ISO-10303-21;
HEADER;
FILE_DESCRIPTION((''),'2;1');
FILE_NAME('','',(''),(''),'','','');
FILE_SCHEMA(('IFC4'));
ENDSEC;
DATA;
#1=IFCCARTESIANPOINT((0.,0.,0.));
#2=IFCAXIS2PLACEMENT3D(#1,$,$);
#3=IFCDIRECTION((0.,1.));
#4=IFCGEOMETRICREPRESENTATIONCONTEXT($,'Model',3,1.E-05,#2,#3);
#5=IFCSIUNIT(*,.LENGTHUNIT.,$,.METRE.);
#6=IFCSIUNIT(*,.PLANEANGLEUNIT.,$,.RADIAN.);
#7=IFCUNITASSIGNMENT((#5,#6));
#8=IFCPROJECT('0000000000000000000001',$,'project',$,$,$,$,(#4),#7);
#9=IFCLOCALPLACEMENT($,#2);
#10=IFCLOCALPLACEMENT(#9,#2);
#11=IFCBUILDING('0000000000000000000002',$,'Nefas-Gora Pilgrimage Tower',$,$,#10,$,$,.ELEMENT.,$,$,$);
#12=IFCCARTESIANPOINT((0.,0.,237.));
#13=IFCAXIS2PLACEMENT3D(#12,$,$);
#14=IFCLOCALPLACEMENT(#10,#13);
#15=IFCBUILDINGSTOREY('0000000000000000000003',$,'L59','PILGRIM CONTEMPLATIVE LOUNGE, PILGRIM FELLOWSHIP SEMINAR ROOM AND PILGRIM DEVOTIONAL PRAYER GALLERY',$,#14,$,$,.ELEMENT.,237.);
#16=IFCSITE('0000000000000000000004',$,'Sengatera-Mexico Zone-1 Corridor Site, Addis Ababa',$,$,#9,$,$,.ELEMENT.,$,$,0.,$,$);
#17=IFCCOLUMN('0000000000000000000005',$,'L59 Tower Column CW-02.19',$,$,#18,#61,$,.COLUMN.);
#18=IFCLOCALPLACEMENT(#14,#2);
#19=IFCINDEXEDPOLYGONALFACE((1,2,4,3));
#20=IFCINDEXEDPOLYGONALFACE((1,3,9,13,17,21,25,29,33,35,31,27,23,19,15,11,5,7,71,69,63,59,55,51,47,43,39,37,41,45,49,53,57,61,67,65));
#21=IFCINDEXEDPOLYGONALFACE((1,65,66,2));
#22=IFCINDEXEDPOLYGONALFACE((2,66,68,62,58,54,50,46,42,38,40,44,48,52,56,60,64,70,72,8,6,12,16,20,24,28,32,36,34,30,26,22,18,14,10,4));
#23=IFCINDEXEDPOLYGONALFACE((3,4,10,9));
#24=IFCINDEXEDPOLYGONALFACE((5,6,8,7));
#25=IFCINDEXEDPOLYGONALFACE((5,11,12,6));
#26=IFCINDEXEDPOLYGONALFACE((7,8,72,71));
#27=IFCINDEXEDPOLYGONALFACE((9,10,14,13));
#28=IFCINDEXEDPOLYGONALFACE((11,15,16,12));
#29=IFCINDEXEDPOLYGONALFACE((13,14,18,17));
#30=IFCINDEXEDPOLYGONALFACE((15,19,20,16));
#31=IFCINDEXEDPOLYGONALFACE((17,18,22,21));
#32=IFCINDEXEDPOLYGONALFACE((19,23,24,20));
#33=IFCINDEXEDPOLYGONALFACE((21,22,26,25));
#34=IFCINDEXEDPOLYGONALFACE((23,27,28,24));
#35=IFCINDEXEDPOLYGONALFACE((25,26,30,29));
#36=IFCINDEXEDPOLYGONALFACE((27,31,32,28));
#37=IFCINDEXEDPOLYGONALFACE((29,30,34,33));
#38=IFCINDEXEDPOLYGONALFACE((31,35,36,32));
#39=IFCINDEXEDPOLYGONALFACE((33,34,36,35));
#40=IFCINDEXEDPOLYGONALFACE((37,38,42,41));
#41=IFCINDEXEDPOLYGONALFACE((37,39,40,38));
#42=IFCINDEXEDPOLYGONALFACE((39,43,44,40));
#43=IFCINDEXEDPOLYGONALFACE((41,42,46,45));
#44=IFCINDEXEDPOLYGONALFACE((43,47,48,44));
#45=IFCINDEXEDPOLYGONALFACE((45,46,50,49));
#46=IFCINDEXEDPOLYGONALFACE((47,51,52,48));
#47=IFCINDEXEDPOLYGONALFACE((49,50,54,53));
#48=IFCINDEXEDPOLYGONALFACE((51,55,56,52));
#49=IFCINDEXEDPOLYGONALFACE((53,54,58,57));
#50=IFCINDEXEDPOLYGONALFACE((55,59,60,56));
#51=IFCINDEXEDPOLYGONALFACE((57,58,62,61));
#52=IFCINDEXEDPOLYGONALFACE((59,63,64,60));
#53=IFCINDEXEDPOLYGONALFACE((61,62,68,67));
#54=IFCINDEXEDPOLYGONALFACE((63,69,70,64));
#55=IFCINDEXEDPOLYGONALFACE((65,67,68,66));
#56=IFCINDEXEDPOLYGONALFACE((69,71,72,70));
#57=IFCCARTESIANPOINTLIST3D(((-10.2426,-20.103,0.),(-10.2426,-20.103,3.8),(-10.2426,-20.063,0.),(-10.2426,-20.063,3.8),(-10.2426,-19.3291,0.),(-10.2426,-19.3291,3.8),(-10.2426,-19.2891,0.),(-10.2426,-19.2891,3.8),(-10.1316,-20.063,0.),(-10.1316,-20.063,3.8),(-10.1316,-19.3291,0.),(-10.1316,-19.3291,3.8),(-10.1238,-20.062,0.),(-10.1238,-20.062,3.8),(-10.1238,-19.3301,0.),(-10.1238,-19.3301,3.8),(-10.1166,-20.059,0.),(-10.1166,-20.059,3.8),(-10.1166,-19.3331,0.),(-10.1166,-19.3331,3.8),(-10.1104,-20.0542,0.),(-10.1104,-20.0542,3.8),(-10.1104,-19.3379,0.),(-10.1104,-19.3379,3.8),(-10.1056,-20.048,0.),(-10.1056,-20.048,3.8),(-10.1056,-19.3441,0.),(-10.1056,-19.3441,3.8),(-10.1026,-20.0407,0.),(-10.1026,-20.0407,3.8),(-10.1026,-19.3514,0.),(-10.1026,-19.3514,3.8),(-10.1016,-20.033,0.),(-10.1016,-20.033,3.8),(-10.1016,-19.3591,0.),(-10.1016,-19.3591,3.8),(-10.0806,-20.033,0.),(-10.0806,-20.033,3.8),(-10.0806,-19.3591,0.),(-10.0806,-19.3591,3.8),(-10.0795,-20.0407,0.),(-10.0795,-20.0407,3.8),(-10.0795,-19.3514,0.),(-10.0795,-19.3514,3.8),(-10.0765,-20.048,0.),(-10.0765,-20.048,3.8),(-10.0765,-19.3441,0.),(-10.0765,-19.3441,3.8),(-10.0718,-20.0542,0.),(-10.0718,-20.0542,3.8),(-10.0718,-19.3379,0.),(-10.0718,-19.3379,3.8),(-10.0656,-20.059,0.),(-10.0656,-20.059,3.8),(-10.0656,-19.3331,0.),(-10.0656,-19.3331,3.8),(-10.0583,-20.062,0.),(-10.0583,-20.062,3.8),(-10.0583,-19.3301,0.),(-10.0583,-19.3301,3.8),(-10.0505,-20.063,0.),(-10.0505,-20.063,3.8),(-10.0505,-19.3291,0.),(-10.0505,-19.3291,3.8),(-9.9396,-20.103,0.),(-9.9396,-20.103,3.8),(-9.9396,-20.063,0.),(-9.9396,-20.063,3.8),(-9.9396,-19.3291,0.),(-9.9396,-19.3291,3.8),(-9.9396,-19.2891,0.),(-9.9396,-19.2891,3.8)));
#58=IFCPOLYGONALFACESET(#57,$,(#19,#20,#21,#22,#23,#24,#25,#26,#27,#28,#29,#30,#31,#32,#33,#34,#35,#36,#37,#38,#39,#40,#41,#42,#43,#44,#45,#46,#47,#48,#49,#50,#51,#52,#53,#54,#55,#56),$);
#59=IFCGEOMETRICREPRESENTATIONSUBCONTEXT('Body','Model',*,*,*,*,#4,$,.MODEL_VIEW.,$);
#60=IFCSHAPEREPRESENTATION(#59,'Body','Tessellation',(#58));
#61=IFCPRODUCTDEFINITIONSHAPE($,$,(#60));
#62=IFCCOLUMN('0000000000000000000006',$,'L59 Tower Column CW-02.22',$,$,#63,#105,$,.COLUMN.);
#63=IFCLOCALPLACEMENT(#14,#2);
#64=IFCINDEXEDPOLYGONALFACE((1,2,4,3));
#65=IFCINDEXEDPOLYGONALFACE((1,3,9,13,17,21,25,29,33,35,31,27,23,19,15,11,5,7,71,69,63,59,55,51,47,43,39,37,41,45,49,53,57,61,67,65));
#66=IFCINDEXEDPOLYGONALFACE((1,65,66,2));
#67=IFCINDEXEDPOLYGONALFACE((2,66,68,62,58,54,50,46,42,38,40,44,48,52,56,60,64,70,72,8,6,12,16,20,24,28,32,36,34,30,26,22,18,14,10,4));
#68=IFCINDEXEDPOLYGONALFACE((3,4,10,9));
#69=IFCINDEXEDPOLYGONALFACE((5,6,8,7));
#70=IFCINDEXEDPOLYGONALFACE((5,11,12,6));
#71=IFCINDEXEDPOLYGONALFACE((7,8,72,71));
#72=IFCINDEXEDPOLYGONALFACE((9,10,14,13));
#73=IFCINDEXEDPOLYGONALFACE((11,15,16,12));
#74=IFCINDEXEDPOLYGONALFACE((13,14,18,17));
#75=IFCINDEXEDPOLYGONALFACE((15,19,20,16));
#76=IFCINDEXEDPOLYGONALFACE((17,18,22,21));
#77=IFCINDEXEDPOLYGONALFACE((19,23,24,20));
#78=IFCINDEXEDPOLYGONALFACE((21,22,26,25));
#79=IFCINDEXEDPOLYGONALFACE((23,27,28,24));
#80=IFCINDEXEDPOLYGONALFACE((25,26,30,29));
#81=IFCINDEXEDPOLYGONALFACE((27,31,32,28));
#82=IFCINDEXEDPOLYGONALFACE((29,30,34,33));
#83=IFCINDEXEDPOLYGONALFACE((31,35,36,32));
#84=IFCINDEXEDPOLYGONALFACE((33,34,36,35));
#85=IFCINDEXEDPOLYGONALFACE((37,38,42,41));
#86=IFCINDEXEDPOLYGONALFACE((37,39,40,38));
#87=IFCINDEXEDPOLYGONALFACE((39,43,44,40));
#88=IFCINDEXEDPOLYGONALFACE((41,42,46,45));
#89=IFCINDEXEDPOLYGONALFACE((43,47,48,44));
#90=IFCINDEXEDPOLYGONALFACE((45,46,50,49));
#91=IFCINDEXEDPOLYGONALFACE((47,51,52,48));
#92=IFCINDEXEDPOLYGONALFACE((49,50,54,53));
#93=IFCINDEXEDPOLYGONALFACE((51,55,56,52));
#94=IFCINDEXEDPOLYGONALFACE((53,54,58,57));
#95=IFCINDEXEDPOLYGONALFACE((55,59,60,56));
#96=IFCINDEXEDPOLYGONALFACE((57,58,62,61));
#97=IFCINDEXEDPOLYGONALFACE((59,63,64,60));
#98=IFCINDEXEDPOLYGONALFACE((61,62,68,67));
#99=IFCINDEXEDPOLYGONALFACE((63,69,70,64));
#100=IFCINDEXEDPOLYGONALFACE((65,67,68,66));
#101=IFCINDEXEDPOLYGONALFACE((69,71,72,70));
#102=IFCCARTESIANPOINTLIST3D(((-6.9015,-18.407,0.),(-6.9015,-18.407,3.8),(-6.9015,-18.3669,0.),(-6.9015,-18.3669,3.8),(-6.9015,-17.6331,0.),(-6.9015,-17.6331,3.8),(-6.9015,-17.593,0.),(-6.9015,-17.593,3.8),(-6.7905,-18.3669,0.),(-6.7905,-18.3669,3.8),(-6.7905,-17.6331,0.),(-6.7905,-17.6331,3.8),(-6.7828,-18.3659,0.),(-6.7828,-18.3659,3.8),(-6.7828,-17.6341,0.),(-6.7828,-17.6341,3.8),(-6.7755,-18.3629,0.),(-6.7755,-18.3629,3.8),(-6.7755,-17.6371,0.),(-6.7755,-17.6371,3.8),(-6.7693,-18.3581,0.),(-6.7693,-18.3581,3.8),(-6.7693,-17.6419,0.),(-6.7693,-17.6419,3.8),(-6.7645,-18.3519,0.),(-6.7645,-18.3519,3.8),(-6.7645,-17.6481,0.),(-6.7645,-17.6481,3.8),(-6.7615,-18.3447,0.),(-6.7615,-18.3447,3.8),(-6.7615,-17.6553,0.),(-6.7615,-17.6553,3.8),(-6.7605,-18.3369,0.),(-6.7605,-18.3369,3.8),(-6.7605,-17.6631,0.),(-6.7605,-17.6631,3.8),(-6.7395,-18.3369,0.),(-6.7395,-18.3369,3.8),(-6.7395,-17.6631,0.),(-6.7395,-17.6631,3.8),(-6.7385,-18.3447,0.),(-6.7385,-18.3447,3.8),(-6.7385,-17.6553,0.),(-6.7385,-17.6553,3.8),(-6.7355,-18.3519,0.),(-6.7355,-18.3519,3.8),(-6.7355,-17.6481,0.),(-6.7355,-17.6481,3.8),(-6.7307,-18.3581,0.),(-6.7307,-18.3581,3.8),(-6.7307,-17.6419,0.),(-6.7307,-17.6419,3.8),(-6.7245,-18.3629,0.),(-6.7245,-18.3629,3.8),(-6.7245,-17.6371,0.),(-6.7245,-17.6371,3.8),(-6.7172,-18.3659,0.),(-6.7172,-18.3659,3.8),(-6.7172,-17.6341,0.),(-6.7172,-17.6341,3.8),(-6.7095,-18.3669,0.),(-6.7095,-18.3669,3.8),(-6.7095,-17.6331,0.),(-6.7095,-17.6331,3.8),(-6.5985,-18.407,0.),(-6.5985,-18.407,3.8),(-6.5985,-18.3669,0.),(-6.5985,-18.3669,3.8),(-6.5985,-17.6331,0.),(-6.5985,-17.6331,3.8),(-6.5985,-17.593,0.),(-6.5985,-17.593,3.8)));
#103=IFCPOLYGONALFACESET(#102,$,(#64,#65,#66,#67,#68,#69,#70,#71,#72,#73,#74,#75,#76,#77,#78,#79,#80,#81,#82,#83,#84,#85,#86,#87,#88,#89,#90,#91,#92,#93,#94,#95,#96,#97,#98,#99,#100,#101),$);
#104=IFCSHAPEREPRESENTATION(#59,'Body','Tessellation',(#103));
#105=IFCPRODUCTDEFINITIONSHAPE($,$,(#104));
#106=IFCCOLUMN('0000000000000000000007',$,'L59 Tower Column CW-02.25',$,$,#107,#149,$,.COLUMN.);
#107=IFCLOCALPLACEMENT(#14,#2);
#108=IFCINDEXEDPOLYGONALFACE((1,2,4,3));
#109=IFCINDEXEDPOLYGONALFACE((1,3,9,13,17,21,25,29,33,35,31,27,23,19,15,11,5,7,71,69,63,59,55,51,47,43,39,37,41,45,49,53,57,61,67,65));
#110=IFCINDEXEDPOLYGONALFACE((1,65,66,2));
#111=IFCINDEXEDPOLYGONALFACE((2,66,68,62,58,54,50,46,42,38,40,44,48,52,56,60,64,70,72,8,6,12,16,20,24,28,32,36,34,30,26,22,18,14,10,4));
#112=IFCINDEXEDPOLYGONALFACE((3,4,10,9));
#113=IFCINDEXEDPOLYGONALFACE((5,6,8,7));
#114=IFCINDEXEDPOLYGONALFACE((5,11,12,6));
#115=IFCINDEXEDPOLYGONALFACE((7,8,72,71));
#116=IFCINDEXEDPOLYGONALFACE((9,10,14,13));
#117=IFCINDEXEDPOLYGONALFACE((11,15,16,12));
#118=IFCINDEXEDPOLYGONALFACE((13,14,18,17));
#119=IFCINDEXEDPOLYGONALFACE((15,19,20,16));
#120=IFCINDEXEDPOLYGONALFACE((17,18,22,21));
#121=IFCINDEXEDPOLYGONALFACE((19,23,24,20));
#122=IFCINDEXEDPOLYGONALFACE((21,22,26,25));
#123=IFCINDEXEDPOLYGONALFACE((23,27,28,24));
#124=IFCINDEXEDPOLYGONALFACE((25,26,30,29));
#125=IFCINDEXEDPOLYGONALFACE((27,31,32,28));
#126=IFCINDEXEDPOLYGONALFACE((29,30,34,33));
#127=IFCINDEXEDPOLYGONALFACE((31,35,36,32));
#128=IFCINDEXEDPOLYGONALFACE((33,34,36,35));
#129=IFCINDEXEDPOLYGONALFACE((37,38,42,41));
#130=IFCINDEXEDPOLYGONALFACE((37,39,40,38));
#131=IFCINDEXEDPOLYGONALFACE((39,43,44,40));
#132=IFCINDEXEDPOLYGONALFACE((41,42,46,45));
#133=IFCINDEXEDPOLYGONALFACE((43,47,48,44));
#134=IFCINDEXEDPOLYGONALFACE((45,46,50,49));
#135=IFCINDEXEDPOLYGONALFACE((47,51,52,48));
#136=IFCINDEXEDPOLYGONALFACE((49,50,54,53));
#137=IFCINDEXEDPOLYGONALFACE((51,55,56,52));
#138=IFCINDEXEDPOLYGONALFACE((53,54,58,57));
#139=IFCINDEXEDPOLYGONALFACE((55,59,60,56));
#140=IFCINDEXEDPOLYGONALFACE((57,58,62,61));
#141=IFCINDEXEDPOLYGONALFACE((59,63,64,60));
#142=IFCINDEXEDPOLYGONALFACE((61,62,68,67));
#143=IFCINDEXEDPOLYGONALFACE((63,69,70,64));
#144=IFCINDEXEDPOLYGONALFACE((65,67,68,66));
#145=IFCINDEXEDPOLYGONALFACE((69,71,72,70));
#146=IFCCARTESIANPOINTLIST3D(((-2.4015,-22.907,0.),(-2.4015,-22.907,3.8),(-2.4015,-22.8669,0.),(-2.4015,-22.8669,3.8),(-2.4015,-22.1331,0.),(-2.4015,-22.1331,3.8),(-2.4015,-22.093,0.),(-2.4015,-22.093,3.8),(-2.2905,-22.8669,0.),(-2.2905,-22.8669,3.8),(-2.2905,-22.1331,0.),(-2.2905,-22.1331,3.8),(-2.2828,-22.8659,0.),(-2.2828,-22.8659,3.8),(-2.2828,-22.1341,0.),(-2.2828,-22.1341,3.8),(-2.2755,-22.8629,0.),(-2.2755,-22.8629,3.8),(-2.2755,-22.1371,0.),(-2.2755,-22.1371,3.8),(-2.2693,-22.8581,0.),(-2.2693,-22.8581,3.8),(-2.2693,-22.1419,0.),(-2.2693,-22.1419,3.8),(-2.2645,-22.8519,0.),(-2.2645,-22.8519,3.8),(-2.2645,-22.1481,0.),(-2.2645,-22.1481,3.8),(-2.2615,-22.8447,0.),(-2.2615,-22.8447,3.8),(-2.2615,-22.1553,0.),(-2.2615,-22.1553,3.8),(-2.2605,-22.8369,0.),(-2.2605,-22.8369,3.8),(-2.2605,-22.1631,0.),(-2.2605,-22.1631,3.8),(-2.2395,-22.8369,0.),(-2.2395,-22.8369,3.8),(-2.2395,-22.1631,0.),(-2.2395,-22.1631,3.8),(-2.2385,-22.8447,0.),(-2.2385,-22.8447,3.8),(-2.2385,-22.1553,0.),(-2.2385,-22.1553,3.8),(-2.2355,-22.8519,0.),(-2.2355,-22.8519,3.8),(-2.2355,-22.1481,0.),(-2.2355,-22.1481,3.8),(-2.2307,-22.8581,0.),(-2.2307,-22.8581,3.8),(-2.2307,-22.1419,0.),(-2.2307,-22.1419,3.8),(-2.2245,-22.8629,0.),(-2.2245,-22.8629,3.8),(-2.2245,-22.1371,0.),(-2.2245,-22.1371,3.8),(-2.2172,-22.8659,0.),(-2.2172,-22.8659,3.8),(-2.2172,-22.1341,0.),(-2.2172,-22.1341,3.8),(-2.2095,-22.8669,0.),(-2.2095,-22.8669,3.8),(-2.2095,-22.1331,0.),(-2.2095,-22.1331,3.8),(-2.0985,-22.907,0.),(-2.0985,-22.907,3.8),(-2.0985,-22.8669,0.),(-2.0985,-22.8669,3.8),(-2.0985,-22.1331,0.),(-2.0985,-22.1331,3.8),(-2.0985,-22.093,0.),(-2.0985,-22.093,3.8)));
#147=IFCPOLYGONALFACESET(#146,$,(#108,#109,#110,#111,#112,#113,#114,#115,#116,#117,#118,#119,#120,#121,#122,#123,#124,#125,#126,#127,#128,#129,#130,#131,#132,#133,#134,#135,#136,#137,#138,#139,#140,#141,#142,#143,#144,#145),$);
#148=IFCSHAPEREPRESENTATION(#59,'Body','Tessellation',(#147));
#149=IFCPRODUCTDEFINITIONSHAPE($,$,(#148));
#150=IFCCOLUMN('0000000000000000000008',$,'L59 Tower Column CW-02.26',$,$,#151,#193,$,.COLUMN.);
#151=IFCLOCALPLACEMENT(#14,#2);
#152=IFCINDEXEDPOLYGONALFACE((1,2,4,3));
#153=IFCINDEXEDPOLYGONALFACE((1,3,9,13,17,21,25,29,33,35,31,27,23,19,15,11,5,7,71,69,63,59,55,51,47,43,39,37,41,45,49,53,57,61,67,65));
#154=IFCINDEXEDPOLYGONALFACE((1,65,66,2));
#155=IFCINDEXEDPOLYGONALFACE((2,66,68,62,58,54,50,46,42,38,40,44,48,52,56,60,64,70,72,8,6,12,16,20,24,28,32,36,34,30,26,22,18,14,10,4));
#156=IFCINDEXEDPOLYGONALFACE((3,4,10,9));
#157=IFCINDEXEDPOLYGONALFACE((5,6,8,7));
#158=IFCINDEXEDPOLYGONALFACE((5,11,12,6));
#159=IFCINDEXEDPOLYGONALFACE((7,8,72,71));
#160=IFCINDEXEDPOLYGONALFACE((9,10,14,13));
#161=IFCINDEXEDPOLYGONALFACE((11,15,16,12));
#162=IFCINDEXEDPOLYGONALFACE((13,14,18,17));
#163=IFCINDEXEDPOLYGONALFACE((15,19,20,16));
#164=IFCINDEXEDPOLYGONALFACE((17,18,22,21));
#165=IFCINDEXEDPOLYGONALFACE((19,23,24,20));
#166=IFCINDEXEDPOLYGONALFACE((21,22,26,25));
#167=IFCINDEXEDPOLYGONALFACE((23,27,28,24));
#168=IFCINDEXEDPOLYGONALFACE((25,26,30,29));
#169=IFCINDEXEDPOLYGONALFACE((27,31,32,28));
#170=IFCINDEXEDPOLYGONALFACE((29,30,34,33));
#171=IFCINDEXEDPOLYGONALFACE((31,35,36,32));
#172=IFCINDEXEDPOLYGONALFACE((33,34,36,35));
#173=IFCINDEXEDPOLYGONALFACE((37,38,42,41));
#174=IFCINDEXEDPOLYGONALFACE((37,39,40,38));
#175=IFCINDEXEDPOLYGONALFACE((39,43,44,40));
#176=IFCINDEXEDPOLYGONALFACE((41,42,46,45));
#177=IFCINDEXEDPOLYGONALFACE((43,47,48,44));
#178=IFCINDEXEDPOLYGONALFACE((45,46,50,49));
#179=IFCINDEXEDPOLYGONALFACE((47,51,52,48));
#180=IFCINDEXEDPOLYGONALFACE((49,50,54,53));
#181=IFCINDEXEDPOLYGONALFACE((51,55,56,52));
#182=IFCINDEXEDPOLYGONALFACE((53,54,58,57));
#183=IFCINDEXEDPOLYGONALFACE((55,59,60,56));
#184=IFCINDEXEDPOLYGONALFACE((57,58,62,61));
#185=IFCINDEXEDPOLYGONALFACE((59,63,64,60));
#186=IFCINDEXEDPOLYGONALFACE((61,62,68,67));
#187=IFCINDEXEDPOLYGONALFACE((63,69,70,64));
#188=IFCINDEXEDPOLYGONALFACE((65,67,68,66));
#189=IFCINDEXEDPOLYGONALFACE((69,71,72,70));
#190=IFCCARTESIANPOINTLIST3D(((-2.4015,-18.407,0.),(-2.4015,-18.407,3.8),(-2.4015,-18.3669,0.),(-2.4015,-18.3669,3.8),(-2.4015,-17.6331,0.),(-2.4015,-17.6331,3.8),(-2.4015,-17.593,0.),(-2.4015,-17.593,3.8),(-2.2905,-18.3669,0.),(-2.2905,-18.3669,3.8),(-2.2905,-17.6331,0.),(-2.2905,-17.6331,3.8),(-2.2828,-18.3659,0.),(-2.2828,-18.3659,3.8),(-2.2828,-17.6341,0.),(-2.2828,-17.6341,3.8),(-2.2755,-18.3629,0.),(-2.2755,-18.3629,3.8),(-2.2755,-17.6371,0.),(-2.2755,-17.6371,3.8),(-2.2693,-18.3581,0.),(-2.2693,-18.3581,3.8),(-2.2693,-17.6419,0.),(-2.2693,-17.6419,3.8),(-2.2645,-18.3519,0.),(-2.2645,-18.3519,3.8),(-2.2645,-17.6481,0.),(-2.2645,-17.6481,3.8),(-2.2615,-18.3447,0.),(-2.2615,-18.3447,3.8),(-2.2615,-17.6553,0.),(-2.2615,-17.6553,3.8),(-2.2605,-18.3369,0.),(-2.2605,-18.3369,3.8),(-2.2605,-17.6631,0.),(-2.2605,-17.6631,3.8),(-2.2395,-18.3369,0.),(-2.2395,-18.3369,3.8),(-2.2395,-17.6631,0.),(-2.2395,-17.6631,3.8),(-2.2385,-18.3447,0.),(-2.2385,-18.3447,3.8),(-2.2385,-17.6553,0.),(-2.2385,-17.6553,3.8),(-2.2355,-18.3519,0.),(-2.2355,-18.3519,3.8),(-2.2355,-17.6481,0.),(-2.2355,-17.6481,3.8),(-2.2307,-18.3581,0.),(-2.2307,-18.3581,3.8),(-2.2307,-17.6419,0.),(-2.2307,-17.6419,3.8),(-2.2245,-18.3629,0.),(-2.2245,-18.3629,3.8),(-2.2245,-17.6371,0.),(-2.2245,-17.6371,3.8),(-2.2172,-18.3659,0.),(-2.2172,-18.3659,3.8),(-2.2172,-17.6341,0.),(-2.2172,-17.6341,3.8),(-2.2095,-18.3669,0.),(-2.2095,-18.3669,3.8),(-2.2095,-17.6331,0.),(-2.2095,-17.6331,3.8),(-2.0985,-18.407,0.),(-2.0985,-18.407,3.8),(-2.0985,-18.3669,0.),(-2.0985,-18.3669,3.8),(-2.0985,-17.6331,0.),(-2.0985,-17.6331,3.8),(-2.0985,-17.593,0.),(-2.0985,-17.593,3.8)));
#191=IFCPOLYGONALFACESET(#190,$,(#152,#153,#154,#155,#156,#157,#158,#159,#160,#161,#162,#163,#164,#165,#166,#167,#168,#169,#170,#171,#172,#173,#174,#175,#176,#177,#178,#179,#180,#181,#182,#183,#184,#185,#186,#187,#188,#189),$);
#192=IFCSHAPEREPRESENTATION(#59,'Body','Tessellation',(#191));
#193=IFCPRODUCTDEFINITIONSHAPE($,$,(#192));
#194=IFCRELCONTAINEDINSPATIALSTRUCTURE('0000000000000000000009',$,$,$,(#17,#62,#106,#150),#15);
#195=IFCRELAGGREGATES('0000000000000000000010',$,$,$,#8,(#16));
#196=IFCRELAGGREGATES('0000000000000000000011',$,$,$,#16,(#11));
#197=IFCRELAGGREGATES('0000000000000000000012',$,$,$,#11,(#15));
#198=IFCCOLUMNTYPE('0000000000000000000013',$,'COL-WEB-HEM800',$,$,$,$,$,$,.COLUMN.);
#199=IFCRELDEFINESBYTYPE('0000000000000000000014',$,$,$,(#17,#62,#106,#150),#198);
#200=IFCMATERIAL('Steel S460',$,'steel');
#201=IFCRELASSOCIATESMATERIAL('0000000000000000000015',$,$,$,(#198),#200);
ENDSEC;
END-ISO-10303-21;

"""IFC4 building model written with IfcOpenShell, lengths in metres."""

from ifc_helpers import new_model, si_unit, direction, frame, origin, origin_2d, place, context, subcontext, project, spatial, i_section, extrude, source, transform, mapped, material, material_profile, profile_set, type_object, element, save


model = new_model("IFC4")

# Units and contexts
model_context = context("Model", 3, precision=1e-05, world=origin(), true_north=direction((0.0, 1.0)))
body_context = subcontext(model_context, "Body", "Model", "MODEL_VIEW")
ifc_project = project(units=[si_unit("LENGTHUNIT", "METRE"), si_unit("PLANEANGLEUNIT", "RADIAN")], contexts=[model_context])

# Site, building, storey
site_placement = place(None, origin())
site = spatial("IfcSite", under=ifc_project, at=site_placement, Name="Sengatera-Mexico Zone-1 Corridor Site, Addis Ababa", CompositionType="ELEMENT", RefElevation=0.0)
building_placement = place(site_placement, origin())
building = spatial("IfcBuilding", under=site, at=building_placement, Name="Nefas-Gora Pilgrimage Tower", CompositionType="ELEMENT")
storey_placement = place(building_placement, frame((0.0, 0.0, 237.0)))
storey = spatial("IfcBuildingStorey", under=building, at=storey_placement, Name="L59", Description="PILGRIM CONTEMPLATIVE LOUNGE, PILGRIM FELLOWSHIP SEMINAR ROOM AND PILGRIM DEVOTIONAL PRAYER GALLERY", CompositionType="ELEMENT", Elevation=237.0)

# Columns
ifc_material_1 = material(Name="Steel S460", Category="steel")
ifc_material_profile_1 = material_profile(ifc_material_1, i_section(OverallWidth=0.303, OverallDepth=0.814, WebThickness=0.021, FlangeThickness=0.04, FilletRadius=0.03, at=origin_2d()), Name="HEM 800")
ifc_profile_set_1 = profile_set([ifc_material_profile_1], Name="Steel S460")
column_type_1 = type_object("IfcColumnType", Name="COL-WEB-HEM800", PredefinedType="COLUMN", material=ifc_profile_set_1)
shared_shape_1 = source(origin(), body_context, "Body", "SweptSolid", [
    extrude(i_section(OverallWidth=0.303, OverallDepth=0.814, WebThickness=0.021, FlangeThickness=0.04, FilletRadius=0.03, at=origin_2d()), origin(), (0.0, 0.0, 1.0), 3.8),
])
for number, where, z_axis, x_axis, name in (
    (1, (-10.0911, -19.696, 0.0), (0.0, 0.0, 1.0), (1.0, 0.0, 0.0), "L59 Tower Column CW-02.19"),
    (2, (-6.75, -18.0, 0.0), (0.0, 0.0, 1.0), (1.0, 0.0, 0.0), "L59 Tower Column CW-02.22"),
    (3, (-2.25, -22.5, 0.0), (0.0, 0.0, 1.0), (1.0, 0.0, 0.0), "L59 Tower Column CW-02.25"),
    (4, (-2.25, -18.0, 0.0), (0.0, 0.0, 1.0), (1.0, 0.0, 0.0), "L59 Tower Column CW-02.26"),
):
    element("IfcColumn", number, at=place(storey_placement, frame(where, z_axis=z_axis, x_axis=x_axis)), inside=storey, type_object=column_type_1, Name=name, PredefinedType="COLUMN", context=body_context, shape_type="MappedRepresentation", body=[
        mapped(shared_shape_1, transform((0.0, 0.0, 0.0), x_axis=(1.0, 0.0, 0.0), y_axis=(0.0, 1.0, 0.0), z_axis=(0.0, 0.0, 1.0), scale=1.0)),
    ])

save(model, "model.ifc")
